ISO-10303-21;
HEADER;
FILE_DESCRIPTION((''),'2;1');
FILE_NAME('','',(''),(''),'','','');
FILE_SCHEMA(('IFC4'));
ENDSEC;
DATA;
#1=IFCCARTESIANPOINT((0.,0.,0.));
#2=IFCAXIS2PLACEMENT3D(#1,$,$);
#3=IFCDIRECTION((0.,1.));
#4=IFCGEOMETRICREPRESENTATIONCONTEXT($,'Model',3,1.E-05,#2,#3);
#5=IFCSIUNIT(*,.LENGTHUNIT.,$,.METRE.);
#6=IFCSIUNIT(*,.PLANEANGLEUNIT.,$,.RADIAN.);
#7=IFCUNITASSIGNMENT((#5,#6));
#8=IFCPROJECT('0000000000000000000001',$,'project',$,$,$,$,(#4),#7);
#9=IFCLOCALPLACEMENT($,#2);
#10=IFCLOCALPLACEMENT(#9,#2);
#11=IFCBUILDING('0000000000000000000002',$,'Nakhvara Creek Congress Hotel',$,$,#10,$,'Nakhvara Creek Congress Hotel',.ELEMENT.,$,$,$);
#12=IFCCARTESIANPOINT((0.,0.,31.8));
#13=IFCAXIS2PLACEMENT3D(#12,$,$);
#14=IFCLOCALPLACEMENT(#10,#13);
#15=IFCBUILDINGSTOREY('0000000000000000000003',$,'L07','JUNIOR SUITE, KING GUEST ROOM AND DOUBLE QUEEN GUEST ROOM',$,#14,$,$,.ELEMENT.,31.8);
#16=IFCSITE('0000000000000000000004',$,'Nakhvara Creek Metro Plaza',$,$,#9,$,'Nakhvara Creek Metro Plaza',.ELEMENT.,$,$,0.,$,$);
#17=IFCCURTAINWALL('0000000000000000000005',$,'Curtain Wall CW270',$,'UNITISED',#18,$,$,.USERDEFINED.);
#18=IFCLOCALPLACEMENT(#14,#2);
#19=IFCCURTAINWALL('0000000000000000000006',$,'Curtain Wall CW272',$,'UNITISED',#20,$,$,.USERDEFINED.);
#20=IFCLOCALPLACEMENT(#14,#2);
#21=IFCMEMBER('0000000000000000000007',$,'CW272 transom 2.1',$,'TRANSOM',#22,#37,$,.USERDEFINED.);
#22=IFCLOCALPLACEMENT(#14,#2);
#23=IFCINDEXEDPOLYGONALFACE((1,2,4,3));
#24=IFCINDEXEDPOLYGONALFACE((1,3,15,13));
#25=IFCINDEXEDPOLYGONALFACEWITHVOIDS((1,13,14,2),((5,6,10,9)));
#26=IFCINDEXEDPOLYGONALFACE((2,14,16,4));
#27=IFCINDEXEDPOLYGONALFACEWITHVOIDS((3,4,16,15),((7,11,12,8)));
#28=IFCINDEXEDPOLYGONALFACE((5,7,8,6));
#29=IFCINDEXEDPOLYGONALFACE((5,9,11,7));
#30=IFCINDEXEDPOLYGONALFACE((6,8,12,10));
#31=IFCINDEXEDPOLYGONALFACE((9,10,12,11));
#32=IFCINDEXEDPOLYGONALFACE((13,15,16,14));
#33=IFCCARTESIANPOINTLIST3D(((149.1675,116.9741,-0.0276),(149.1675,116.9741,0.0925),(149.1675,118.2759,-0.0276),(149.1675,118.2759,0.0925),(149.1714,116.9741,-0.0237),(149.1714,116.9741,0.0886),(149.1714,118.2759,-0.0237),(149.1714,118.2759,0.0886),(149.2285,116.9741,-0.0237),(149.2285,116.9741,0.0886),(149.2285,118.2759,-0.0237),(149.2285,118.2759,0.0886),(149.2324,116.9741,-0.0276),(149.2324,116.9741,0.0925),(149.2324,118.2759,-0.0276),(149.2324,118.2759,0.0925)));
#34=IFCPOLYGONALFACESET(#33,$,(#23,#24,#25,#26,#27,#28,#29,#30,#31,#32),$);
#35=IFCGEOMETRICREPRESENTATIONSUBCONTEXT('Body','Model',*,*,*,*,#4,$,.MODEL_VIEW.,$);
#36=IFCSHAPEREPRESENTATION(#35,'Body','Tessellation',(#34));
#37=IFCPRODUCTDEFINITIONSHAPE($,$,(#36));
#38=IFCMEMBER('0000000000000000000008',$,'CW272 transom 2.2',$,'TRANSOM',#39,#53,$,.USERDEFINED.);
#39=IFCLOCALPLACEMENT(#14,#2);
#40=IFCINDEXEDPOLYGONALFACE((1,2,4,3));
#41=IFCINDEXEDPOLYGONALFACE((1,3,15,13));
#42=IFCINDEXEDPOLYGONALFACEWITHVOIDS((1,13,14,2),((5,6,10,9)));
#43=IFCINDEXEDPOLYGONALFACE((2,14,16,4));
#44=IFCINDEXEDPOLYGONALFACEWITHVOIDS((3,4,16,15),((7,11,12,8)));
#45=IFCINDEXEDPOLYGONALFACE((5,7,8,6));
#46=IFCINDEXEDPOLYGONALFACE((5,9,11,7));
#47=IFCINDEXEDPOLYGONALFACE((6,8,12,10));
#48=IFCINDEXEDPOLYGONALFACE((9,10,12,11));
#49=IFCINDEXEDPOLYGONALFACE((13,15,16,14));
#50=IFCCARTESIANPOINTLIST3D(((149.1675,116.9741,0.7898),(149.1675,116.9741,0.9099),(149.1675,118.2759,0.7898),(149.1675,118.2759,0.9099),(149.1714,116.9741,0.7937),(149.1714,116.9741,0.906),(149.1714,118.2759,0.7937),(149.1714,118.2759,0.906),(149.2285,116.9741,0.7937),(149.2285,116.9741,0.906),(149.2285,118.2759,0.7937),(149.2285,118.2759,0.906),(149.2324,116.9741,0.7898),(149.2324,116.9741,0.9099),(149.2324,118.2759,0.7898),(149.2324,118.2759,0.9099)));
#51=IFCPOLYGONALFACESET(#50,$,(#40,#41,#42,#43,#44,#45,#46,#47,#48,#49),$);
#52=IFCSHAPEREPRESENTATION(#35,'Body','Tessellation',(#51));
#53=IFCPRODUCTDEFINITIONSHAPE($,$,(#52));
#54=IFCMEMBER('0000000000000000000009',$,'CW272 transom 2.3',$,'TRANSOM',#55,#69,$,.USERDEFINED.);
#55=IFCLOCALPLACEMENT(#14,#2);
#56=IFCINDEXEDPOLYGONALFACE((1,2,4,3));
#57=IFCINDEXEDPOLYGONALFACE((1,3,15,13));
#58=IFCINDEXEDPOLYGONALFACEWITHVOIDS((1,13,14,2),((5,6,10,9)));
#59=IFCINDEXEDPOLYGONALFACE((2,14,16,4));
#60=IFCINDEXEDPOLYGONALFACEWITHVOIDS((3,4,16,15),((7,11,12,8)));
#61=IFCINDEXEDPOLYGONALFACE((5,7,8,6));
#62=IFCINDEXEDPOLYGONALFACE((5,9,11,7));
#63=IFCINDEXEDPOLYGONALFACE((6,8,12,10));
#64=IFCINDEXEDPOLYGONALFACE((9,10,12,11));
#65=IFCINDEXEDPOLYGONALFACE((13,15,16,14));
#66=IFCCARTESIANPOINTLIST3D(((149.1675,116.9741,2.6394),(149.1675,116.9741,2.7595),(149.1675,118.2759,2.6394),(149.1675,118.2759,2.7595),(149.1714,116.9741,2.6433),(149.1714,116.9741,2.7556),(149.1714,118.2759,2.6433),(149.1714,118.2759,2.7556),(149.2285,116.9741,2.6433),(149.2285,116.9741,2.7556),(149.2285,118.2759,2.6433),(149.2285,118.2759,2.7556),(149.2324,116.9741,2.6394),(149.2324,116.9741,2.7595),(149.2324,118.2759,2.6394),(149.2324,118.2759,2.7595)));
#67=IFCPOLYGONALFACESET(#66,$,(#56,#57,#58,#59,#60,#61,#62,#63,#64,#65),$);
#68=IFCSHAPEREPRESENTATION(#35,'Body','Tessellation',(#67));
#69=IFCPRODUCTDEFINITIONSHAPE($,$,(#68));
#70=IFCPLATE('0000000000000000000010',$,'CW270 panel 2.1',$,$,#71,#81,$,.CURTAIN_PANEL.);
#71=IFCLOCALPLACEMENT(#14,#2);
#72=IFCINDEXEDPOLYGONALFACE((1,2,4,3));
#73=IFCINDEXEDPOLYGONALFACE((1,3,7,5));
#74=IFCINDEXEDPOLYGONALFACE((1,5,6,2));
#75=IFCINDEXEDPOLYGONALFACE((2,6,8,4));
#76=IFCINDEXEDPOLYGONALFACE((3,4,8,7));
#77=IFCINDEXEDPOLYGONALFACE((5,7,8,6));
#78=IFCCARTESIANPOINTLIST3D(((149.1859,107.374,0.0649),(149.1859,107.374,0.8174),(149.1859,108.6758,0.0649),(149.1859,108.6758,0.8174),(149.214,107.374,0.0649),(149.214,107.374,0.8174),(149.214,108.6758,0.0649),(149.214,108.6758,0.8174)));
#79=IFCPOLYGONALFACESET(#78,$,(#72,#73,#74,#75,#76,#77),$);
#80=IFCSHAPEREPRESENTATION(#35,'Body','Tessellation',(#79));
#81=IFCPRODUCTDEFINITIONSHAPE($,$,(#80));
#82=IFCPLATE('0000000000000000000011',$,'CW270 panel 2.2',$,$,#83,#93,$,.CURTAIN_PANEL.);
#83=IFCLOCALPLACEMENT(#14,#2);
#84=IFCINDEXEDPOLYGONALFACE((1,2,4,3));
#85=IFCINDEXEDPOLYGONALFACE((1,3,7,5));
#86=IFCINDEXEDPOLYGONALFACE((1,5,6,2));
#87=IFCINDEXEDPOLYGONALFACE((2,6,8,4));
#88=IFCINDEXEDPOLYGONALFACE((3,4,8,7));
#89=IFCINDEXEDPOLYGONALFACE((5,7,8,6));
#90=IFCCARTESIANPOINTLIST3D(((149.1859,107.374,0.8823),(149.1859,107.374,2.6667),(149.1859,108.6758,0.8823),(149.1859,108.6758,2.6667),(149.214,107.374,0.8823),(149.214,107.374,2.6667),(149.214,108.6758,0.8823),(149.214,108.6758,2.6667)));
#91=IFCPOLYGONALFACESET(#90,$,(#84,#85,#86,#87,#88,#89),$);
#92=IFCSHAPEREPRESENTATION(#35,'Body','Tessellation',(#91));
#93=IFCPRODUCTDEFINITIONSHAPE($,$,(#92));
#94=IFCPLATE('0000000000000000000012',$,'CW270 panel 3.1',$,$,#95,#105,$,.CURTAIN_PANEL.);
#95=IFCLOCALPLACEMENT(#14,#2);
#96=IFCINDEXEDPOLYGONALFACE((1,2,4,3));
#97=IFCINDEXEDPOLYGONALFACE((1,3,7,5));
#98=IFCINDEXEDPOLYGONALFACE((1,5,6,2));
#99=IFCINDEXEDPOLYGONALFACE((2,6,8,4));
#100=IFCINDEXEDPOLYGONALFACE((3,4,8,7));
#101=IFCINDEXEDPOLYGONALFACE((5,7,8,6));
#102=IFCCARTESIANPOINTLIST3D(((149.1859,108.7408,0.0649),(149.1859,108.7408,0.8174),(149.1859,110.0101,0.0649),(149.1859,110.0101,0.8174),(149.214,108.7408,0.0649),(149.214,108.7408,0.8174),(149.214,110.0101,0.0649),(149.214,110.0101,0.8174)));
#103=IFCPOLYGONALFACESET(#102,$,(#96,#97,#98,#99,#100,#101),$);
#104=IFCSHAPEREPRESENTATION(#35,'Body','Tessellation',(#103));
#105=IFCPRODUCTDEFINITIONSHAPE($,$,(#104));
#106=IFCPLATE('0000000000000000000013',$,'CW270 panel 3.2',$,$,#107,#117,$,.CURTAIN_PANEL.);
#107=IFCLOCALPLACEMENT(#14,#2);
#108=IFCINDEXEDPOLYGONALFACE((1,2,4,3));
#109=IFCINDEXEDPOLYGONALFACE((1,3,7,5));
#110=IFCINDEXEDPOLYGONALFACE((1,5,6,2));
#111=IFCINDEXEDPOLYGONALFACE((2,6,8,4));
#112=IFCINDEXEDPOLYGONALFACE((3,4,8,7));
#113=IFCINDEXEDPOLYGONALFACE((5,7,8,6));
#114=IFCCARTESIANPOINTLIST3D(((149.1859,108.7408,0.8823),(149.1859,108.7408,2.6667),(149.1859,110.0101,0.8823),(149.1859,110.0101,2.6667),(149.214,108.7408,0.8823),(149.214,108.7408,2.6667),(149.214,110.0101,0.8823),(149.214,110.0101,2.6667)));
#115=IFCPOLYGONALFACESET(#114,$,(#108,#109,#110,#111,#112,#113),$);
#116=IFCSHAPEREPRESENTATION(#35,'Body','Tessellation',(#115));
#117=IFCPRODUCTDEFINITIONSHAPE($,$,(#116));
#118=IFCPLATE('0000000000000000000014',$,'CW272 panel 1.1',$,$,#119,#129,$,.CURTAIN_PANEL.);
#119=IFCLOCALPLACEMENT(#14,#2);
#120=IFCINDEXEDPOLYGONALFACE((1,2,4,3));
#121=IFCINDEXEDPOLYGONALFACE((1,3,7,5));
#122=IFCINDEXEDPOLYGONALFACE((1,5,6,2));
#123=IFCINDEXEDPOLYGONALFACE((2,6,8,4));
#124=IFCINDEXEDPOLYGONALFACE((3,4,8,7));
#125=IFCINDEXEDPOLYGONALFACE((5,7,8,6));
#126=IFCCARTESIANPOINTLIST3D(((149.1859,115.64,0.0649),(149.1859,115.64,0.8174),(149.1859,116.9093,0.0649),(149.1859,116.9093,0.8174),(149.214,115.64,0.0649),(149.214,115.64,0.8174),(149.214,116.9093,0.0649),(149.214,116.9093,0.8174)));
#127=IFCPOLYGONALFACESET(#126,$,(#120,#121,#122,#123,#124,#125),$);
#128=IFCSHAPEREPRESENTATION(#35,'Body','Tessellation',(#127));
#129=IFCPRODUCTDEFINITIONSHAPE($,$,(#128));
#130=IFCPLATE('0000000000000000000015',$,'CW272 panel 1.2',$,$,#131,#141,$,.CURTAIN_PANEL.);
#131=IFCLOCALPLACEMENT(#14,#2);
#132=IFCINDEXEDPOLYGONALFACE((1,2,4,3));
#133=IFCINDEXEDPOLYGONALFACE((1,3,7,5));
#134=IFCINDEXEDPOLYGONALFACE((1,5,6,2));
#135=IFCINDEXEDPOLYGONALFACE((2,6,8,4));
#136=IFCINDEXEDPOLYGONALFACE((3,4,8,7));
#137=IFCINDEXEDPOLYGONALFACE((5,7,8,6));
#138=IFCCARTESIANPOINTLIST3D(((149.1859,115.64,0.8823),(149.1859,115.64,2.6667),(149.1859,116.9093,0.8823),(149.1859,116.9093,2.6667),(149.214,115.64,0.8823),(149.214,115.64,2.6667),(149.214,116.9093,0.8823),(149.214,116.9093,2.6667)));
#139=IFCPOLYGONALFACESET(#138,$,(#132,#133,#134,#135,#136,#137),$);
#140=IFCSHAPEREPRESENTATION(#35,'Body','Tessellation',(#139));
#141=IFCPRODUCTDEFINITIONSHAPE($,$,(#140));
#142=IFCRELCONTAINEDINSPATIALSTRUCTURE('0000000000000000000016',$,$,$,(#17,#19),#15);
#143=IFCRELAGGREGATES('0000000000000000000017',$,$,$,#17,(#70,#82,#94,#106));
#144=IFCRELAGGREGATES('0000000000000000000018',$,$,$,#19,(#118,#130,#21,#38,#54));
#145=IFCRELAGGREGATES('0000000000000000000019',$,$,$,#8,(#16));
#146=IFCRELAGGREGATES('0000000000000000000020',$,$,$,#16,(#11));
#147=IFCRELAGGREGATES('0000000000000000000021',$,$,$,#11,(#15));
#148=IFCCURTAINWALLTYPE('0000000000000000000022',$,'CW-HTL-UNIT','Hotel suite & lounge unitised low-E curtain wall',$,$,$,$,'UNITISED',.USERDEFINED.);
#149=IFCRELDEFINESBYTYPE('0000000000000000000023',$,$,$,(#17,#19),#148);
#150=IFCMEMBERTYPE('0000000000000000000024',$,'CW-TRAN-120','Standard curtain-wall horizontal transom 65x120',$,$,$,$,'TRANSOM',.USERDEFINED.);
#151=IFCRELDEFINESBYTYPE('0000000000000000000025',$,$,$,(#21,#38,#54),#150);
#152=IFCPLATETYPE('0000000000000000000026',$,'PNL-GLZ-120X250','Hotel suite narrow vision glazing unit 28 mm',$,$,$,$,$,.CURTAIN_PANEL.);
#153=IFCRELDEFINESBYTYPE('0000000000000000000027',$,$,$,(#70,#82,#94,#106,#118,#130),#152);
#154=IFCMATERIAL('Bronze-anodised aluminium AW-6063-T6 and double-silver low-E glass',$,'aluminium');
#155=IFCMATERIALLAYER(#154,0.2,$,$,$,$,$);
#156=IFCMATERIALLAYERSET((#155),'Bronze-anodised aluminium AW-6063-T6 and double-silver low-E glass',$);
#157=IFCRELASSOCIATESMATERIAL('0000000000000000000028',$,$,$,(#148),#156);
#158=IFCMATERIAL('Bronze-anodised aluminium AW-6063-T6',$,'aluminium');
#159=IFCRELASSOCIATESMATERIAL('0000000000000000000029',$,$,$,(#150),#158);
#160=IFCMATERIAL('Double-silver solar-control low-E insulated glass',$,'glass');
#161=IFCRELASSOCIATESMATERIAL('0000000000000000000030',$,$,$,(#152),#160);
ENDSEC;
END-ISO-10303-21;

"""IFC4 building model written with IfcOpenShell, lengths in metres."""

from ifc_helpers import new_model, si_unit, direction, frame, origin, origin_2d, place, context, subcontext, project, spatial, rectangle, hollow_rectangle, extrude, material, layer, layer_set, material_profile, profile_set, type_object, element, aggregate, save


model = new_model("IFC4")

# Units and contexts
model_context = context("Model", 3, precision=1e-05, world=origin(), true_north=direction((0.0, 1.0)))
body_context = subcontext(model_context, "Body", "Model", "MODEL_VIEW")
ifc_project = project(units=[si_unit("LENGTHUNIT", "METRE"), si_unit("PLANEANGLEUNIT", "RADIAN")], contexts=[model_context])

# Site, building, storey
site_placement = place(None, origin())
site = spatial("IfcSite", under=ifc_project, at=site_placement, Name="Nakhvara Creek Metro Plaza", LongName="Nakhvara Creek Metro Plaza", CompositionType="ELEMENT", RefElevation=0.0)
building_placement = place(site_placement, origin())
building = spatial("IfcBuilding", under=site, at=building_placement, Name="Nakhvara Creek Congress Hotel", LongName="Nakhvara Creek Congress Hotel", CompositionType="ELEMENT")
storey_placement = place(building_placement, frame((0.0, 0.0, 31.8)))
storey = spatial("IfcBuildingStorey", under=building, at=storey_placement, Name="L07", Description="JUNIOR SUITE, KING GUEST ROOM AND DOUBLE QUEEN GUEST ROOM", CompositionType="ELEMENT", Elevation=31.8)

# Curtain walls
ifc_material_1 = material(Name="Bronze-anodised aluminium AW-6063-T6 and double-silver low-E glass", Category="aluminium")
ifc_layer = layer(ifc_material_1, 0.2)
ifc_layer_set = layer_set([ifc_layer], Name="Bronze-anodised aluminium AW-6063-T6 and double-silver low-E glass")
curtain_wall_type = type_object("IfcCurtainWallType", Name="CW-HTL-UNIT", Description="Hotel suite & lounge unitised low-E curtain wall", ElementType="UNITISED", PredefinedType="USERDEFINED", material=ifc_layer_set)
curtain_wall_1_placement = place(storey_placement, origin())
curtain_wall_1 = element("IfcCurtainWall", 1, at=curtain_wall_1_placement, inside=storey, type_object=curtain_wall_type, Name="Curtain Wall CW270", ObjectType="UNITISED", PredefinedType="USERDEFINED")
ifc_material_2 = material(Name="Bronze-anodised aluminium AW-6063-T6", Category="aluminium")
curtain_wall_2_placement = place(storey_placement, origin())
curtain_wall_2 = element("IfcCurtainWall", 2, at=curtain_wall_2_placement, inside=storey, type_object=curtain_wall_type, Name="Curtain Wall CW272", ObjectType="UNITISED", PredefinedType="USERDEFINED")

# Members
ifc_material_profile_1 = material_profile(ifc_material_2, hollow_rectangle(XDim=0.0649, YDim=0.1201, WallThickness=0.0039, at=origin_2d()), Name="ALU-TRAN 65x120x4", Category="LoadBearing")
ifc_profile_set_1 = profile_set([ifc_material_profile_1], Name="Bronze-anodised aluminium AW-6063-T6")
member_type_1 = type_object("IfcMemberType", Name="CW-TRAN-120", Description="Standard curtain-wall horizontal transom 65x120", ElementType="TRANSOM", PredefinedType="USERDEFINED", material=ifc_profile_set_1)
member_1_placement = place(storey_placement, frame((149.2, 116.9741, 0.0325), z_axis=(0.0, 1.0, 0.0), x_axis=(-1.0, 0.0, 0.0)))
member_1 = element("IfcMember", 3, at=member_1_placement, type_object=member_type_1, Name="CW272 transom 2.1", ObjectType="TRANSOM", PredefinedType="USERDEFINED", context=body_context, shape_type="SweptSolid", body=[
    extrude(hollow_rectangle(XDim=0.0649, YDim=0.1201, WallThickness=0.0039, at=origin_2d()), origin(), (0.0, 0.0, 1.0), 1.3018),
])
member_2_placement = place(storey_placement, frame((149.2, 116.9741, 0.8499), z_axis=(0.0, 1.0, 0.0), x_axis=(-1.0, 0.0, 0.0)))
member_2 = element("IfcMember", 4, at=member_2_placement, type_object=member_type_1, Name="CW272 transom 2.2", ObjectType="TRANSOM", PredefinedType="USERDEFINED", context=body_context, shape_type="SweptSolid", body=[
    extrude(hollow_rectangle(XDim=0.0649, YDim=0.1201, WallThickness=0.0039, at=origin_2d()), origin(), (0.0, 0.0, 1.0), 1.3018),
])
member_3_placement = place(storey_placement, frame((149.2, 116.9741, 2.6995), z_axis=(0.0, 1.0, 0.0), x_axis=(-1.0, 0.0, 0.0)))
member_3 = element("IfcMember", 5, at=member_3_placement, type_object=member_type_1, Name="CW272 transom 2.3", ObjectType="TRANSOM", PredefinedType="USERDEFINED", context=body_context, shape_type="SweptSolid", body=[
    extrude(hollow_rectangle(XDim=0.0649, YDim=0.1201, WallThickness=0.0039, at=origin_2d()), origin(), (0.0, 0.0, 1.0), 1.3018),
])

# Plates
ifc_material_3 = material(Name="Double-silver solar-control low-E insulated glass", Category="glass")
plate_type = type_object("IfcPlateType", Name="PNL-GLZ-120X250", Description="Hotel suite narrow vision glazing unit 28 mm", PredefinedType="CURTAIN_PANEL", material=ifc_material_3)
plate_1_placement = place(storey_placement, frame((149.2, 108.0249, 0.0649), z_axis=(0.0, 0.0, 1.0), x_axis=(0.0, 1.0, 0.0)))
plate_1 = element("IfcPlate", 6, at=plate_1_placement, type_object=plate_type, Name="CW270 panel 2.1", PredefinedType="CURTAIN_PANEL", context=body_context, shape_type="SweptSolid", body=[
    extrude(rectangle(XDim=1.3018, YDim=0.0281, at=origin_2d()), origin(), (0.0, 0.0, 1.0), 0.7524),
])
plate_2_placement = place(storey_placement, frame((149.2, 108.0249, 0.8823), z_axis=(0.0, 0.0, 1.0), x_axis=(0.0, 1.0, 0.0)))
plate_2 = element("IfcPlate", 7, at=plate_2_placement, type_object=plate_type, Name="CW270 panel 2.2", PredefinedType="CURTAIN_PANEL", context=body_context, shape_type="SweptSolid", body=[
    extrude(rectangle(XDim=1.3018, YDim=0.0281, at=origin_2d()), origin(), (0.0, 0.0, 1.0), 1.7844),
])
plate_3_placement = place(storey_placement, frame((149.2, 109.3755, 0.0649), z_axis=(0.0, 0.0, 1.0), x_axis=(0.0, 1.0, 0.0)))
plate_3 = element("IfcPlate", 8, at=plate_3_placement, type_object=plate_type, Name="CW270 panel 3.1", PredefinedType="CURTAIN_PANEL", context=body_context, shape_type="SweptSolid", body=[
    extrude(rectangle(XDim=1.2693, YDim=0.0281, at=origin_2d()), origin(), (0.0, 0.0, 1.0), 0.7524),
])
plate_4_placement = place(storey_placement, frame((149.2, 109.3755, 0.8823), z_axis=(0.0, 0.0, 1.0), x_axis=(0.0, 1.0, 0.0)))
plate_4 = element("IfcPlate", 9, at=plate_4_placement, type_object=plate_type, Name="CW270 panel 3.2", PredefinedType="CURTAIN_PANEL", context=body_context, shape_type="SweptSolid", body=[
    extrude(rectangle(XDim=1.2693, YDim=0.0281, at=origin_2d()), origin(), (0.0, 0.0, 1.0), 1.7844),
])
aggregate(curtain_wall_1, [plate_1, plate_2, plate_3, plate_4])
plate_5_placement = place(storey_placement, frame((149.2, 116.2747, 0.0649), z_axis=(0.0, 0.0, 1.0), x_axis=(0.0, 1.0, 0.0)))
plate_5 = element("IfcPlate", 10, at=plate_5_placement, type_object=plate_type, Name="CW272 panel 1.1", PredefinedType="CURTAIN_PANEL", context=body_context, shape_type="SweptSolid", body=[
    extrude(rectangle(XDim=1.2693, YDim=0.0281, at=origin_2d()), origin(), (0.0, 0.0, 1.0), 0.7524),
])
plate_6_placement = place(storey_placement, frame((149.2, 116.2747, 0.8823), z_axis=(0.0, 0.0, 1.0), x_axis=(0.0, 1.0, 0.0)))
plate_6 = element("IfcPlate", 11, at=plate_6_placement, type_object=plate_type, Name="CW272 panel 1.2", PredefinedType="CURTAIN_PANEL", context=body_context, shape_type="SweptSolid", body=[
    extrude(rectangle(XDim=1.2693, YDim=0.0281, at=origin_2d()), origin(), (0.0, 0.0, 1.0), 1.7844),
])
aggregate(curtain_wall_2, [plate_5, plate_6, member_1, member_2, member_3])

save(model, "model.ifc")
